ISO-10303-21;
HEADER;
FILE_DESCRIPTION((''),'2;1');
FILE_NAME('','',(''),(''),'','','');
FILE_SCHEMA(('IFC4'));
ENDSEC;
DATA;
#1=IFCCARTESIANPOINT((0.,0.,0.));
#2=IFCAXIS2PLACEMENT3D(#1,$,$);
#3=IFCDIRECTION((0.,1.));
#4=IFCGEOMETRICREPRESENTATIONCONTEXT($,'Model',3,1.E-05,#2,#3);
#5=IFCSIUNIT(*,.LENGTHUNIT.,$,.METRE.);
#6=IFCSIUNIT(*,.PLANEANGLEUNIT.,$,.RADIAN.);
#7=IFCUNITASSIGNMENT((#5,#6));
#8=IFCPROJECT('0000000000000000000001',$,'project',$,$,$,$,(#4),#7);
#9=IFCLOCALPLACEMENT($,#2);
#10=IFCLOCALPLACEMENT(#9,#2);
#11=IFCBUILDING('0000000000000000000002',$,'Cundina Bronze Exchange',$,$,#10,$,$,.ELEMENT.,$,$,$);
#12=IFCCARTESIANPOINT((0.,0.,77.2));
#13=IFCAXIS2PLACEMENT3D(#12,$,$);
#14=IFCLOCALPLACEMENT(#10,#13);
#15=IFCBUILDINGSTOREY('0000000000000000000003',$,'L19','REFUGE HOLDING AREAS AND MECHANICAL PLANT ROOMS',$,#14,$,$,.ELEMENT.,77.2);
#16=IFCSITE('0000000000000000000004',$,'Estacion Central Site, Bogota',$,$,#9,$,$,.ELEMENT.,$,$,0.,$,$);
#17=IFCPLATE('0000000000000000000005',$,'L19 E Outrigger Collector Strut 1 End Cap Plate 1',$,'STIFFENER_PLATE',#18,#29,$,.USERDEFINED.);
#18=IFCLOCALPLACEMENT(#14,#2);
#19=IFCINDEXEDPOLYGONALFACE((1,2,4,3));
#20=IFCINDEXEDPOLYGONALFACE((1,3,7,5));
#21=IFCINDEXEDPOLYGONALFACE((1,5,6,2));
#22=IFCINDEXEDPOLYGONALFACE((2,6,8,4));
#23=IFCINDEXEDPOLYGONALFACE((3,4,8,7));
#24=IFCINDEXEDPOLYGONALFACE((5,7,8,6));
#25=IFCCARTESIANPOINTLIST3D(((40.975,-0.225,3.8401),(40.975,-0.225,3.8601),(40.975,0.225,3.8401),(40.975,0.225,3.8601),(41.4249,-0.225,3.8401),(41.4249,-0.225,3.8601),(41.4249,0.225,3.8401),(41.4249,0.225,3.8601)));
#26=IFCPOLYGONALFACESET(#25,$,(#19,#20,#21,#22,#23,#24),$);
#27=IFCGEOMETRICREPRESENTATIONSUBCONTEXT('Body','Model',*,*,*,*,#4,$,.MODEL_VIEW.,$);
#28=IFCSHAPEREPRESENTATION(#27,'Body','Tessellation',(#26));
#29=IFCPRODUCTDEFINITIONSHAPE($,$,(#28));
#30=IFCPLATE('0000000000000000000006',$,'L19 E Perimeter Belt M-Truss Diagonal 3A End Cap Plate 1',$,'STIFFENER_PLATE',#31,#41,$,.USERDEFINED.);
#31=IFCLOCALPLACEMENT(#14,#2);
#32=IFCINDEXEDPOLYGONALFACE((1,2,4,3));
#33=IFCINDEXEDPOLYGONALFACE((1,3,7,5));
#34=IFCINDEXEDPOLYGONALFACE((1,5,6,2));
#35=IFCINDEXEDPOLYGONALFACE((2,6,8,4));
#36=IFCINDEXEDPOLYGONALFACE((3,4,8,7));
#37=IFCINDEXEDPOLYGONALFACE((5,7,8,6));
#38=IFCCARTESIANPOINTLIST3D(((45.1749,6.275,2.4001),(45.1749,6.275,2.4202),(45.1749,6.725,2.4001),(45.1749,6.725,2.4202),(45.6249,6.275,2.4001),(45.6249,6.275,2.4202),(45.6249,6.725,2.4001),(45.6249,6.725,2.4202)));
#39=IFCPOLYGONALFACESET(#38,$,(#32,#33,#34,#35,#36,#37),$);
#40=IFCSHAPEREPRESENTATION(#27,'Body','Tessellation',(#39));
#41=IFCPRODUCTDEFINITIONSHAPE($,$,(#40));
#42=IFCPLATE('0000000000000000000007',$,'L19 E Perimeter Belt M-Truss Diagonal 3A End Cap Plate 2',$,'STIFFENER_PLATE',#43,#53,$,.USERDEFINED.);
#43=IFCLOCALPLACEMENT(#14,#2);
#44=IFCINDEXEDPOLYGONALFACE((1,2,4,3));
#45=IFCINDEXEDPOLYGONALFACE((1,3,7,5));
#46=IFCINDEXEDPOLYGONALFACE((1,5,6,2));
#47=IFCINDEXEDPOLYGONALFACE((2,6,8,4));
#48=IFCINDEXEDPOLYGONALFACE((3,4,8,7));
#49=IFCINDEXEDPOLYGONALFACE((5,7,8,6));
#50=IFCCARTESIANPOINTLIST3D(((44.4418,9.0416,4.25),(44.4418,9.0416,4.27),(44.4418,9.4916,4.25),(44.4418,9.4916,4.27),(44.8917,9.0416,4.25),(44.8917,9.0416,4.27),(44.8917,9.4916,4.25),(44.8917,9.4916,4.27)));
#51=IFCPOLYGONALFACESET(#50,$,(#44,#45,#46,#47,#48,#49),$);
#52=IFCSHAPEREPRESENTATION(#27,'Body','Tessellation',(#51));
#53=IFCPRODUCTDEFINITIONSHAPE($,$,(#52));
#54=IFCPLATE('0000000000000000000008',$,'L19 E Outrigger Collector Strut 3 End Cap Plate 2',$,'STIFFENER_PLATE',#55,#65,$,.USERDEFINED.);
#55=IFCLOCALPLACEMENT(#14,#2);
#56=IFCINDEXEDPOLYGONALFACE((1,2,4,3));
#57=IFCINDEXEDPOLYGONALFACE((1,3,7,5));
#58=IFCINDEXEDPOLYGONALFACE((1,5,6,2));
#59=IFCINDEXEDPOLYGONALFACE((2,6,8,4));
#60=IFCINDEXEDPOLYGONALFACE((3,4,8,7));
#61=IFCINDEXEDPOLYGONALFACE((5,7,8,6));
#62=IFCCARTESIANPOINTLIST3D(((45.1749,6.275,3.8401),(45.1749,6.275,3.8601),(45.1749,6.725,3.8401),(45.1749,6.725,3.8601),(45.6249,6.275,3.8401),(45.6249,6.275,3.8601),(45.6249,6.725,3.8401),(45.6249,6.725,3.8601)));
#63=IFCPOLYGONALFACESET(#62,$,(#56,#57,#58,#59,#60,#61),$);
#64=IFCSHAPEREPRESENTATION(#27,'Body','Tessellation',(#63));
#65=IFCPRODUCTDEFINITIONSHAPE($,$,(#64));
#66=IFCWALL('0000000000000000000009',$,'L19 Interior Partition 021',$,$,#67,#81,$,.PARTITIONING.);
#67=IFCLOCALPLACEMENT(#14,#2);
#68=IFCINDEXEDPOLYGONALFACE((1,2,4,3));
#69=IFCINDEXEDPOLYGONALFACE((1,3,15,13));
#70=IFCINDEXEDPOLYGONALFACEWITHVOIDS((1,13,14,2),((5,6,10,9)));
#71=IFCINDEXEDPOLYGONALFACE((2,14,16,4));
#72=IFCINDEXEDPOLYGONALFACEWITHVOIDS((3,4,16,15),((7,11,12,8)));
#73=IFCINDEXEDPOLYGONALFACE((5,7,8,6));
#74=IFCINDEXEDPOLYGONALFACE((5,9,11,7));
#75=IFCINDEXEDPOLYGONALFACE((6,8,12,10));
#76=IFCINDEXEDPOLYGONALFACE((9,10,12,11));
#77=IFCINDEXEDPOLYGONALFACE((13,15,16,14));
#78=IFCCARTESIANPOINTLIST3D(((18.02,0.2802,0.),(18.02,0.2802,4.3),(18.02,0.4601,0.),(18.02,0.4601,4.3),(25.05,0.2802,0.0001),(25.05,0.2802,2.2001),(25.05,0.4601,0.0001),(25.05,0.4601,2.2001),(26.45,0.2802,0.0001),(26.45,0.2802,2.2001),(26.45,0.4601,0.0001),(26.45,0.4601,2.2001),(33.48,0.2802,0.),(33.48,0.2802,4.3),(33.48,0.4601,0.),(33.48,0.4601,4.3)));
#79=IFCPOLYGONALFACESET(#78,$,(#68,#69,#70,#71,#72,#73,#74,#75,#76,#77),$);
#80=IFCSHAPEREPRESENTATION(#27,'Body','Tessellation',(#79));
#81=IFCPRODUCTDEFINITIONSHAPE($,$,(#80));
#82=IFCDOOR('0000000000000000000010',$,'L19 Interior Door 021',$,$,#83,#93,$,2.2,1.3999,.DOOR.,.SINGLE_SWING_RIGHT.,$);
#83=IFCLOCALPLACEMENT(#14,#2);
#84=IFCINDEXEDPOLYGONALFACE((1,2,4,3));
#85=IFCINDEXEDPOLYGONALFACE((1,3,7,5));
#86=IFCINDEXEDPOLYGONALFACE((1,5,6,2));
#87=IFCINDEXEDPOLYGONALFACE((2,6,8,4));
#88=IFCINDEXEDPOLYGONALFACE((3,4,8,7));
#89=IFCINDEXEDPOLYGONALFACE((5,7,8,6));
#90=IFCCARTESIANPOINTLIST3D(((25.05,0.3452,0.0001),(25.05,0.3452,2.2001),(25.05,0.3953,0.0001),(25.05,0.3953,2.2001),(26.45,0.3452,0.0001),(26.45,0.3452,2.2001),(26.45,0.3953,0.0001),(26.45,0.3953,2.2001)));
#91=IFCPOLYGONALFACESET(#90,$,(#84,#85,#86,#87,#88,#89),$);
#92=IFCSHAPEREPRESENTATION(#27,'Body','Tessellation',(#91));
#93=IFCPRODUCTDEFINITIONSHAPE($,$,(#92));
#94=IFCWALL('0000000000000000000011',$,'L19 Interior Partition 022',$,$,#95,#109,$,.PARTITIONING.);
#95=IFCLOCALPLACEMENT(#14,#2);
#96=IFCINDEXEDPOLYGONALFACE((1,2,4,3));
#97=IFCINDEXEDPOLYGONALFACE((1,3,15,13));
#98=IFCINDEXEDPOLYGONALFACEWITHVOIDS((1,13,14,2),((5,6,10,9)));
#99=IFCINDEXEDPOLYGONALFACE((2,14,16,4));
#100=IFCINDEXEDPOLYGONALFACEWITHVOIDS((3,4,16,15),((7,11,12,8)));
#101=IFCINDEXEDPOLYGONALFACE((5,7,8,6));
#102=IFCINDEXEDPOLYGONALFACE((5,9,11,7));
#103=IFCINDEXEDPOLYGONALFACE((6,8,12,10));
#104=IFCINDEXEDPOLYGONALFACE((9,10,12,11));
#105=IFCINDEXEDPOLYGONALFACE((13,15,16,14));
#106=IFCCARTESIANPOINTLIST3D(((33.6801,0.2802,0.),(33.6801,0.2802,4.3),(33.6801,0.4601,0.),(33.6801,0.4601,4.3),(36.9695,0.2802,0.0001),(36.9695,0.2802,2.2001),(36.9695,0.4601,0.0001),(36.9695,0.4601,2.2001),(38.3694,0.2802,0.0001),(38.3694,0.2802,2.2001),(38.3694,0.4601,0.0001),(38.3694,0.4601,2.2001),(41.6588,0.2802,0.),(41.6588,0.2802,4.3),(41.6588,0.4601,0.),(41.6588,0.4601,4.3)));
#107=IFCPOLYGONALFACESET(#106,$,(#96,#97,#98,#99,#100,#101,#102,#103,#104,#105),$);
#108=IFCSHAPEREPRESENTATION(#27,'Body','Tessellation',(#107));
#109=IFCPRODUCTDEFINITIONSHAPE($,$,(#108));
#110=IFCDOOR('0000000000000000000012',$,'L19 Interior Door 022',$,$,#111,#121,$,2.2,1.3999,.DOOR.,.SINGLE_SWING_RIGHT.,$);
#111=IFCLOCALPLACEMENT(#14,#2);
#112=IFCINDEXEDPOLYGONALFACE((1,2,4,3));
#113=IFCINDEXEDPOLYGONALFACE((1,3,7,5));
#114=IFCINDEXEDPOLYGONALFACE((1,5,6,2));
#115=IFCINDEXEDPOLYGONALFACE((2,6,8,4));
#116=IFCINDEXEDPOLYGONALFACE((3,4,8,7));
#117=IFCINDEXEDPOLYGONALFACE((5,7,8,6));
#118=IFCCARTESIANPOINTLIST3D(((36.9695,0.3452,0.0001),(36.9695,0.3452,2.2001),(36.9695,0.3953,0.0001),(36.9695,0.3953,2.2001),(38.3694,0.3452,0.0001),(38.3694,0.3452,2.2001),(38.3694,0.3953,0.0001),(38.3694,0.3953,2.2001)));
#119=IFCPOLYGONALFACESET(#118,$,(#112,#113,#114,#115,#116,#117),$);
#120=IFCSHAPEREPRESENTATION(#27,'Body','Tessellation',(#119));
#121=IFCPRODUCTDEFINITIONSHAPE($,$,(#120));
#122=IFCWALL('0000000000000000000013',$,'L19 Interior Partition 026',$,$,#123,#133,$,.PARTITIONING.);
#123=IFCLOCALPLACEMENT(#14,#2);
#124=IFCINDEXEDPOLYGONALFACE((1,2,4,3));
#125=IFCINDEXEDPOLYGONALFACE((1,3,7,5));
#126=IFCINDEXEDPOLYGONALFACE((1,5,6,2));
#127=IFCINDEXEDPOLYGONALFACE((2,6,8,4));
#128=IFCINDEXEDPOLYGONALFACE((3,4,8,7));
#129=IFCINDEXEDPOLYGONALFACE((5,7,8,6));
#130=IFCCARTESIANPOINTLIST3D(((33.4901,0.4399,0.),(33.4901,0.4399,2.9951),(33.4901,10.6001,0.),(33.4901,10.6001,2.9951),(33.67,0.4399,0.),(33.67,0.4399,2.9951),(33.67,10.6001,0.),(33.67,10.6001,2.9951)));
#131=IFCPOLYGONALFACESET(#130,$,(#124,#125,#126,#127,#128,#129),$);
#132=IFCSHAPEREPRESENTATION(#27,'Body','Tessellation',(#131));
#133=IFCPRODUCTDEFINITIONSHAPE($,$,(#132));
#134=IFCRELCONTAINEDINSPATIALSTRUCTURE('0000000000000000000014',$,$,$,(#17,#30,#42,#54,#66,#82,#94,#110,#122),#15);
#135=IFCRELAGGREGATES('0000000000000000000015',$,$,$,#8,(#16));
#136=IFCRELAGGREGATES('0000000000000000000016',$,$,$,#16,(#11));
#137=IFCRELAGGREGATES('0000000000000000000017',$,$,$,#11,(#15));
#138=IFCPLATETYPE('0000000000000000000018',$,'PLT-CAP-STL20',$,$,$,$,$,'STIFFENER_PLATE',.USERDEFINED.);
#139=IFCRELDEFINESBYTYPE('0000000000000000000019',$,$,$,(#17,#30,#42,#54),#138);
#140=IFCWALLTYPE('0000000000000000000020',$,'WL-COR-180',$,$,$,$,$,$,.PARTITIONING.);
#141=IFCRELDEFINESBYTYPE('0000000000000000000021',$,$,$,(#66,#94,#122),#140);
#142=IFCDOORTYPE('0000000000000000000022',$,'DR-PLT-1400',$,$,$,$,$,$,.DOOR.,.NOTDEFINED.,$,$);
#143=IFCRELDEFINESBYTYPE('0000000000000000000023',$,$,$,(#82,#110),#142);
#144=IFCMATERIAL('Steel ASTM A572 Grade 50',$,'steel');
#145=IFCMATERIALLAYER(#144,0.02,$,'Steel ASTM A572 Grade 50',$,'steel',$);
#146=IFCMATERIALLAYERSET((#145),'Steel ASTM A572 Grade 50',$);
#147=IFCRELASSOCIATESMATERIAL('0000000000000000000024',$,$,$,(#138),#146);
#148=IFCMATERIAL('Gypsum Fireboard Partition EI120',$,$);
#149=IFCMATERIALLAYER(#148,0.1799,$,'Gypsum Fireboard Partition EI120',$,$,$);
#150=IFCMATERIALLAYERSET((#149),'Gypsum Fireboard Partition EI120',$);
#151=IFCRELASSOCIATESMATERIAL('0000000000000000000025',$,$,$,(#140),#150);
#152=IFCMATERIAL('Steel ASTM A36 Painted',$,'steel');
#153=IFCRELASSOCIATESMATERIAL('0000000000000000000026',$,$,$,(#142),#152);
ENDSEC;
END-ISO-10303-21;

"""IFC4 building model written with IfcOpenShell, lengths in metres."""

from ifc_helpers import new_model, si_unit, direction, frame, frame_2d, origin, origin_2d, place, context, subcontext, project, spatial, rectangle, extrude, material, layer, layer_set, type_object, element, fill, save


model = new_model("IFC4")

# Units and contexts
model_context = context("Model", 3, precision=1e-05, world=origin(), true_north=direction((0.0, 1.0)))
body_context = subcontext(model_context, "Body", "Model", "MODEL_VIEW")
ifc_project = project(units=[si_unit("LENGTHUNIT", "METRE"), si_unit("PLANEANGLEUNIT", "RADIAN")], contexts=[model_context])

# Site, building, storey
site_placement = place(None, origin())
site = spatial("IfcSite", under=ifc_project, at=site_placement, Name="Estacion Central Site, Bogota", CompositionType="ELEMENT", RefElevation=0.0)
building_placement = place(site_placement, origin())
building = spatial("IfcBuilding", under=site, at=building_placement, Name="Cundina Bronze Exchange", CompositionType="ELEMENT")
storey_placement = place(building_placement, frame((0.0, 0.0, 77.2)))
storey = spatial("IfcBuildingStorey", under=building, at=storey_placement, Name="L19", Description="REFUGE HOLDING AREAS AND MECHANICAL PLANT ROOMS", CompositionType="ELEMENT", Elevation=77.2)

# Plates
ifc_material_1 = material(Name="Steel ASTM A572 Grade 50", Category="steel")
ifc_layer_1 = layer(ifc_material_1, 0.02, Name="Steel ASTM A572 Grade 50", Category="steel")
ifc_layer_set_1 = layer_set([ifc_layer_1], Name="Steel ASTM A572 Grade 50")
plate_type = type_object("IfcPlateType", Name="PLT-CAP-STL20", ElementType="STIFFENER_PLATE", PredefinedType="USERDEFINED", material=ifc_layer_set_1)
for number, where, z_axis, x_axis, name in (
    (1, (41.2, 0.0, 3.8401), (0.0, 0.0, 1.0), (1.0, 0.0, 0.0), "L19 E Outrigger Collector Strut 1 End Cap Plate 1"),
    (2, (45.3999, 6.5, 2.4001), (0.0, 0.0, 1.0), (1.0, 0.0, 0.0), "L19 E Perimeter Belt M-Truss Diagonal 3A End Cap Plate 1"),
    (3, (44.6667, 9.2666, 4.25), (0.0, 0.0, 1.0), (1.0, 0.0, 0.0), "L19 E Perimeter Belt M-Truss Diagonal 3A End Cap Plate 2"),
    (4, (45.3999, 6.5, 3.8401), (0.0, 0.0, 1.0), (1.0, 0.0, 0.0), "L19 E Outrigger Collector Strut 3 End Cap Plate 2"),
):
    element("IfcPlate", number, at=place(storey_placement, frame(where, z_axis=z_axis, x_axis=x_axis)), inside=storey, type_object=plate_type, Name=name, ObjectType="STIFFENER_PLATE", PredefinedType="USERDEFINED", context=body_context, shape_type="SweptSolid", body=[
        extrude(rectangle(XDim=0.45, YDim=0.45, at=origin_2d()), origin(), (0.0, 0.0, 1.0), 0.02),
    ])

# Walls, openings, doors
ifc_material_2 = material(Name="Gypsum Fireboard Partition EI120")
ifc_layer_2 = layer(ifc_material_2, 0.1799, Name="Gypsum Fireboard Partition EI120")
ifc_layer_set_2 = layer_set([ifc_layer_2], Name="Gypsum Fireboard Partition EI120")
wall_type = type_object("IfcWallType", Name="WL-COR-180", PredefinedType="PARTITIONING", material=ifc_layer_set_2)
wall_1_placement = place(storey_placement, frame((33.48, 0.3701, 0.0), z_axis=(0.0, 0.0, 1.0), x_axis=(-1.0, 0.0, 0.0)))
wall_1 = element("IfcWall", 5, at=wall_1_placement, inside=storey, type_object=wall_type, Name="L19 Interior Partition 021", PredefinedType="PARTITIONING", context=body_context, shape_type="SweptSolid", body=[
    extrude(rectangle(XDim=15.46, YDim=0.1799, at=frame_2d((7.73, 0.0))), origin(), (0.0, 0.0, 1.0), 4.3),
])
opening_1_placement = place(wall_1_placement, frame((7.03, 0.0, 0.0)))
opening_1 = element("IfcOpeningElement", 6, at=opening_1_placement, cuts=wall_1, PredefinedType="OPENING", context=body_context, shape_type="SweptSolid", body=[
    extrude(rectangle(XDim=1.3999, YDim=2.2, at=frame_2d((0.7, 1.1001))), frame((0.0, 0.0999, 0.0), z_axis=(0.0, -1.0, 0.0), x_axis=(1.0, 0.0, 0.0)), (0.0, 0.0, 1.0), 0.2),
])
ifc_material_3 = material(Name="Steel ASTM A36 Painted", Category="steel")
door_type = type_object("IfcDoorType", Name="DR-PLT-1400", OperationType="NOTDEFINED", PredefinedType="DOOR", material=ifc_material_3)
door_1_placement = place(opening_1_placement, origin())
door_1 = element("IfcDoor", 7, at=door_1_placement, inside=storey, type_object=door_type, Name="L19 Interior Door 021", OperationType="SINGLE_SWING_RIGHT", OverallHeight=2.2, OverallWidth=1.3999, PredefinedType="DOOR", context=body_context, shape_type="SweptSolid", body=[
    extrude(rectangle(XDim=1.3999, YDim=2.2, at=frame_2d((0.7, 1.1001))), frame((0.0, 0.0249, 0.0), z_axis=(0.0, -1.0, 0.0), x_axis=(1.0, 0.0, 0.0)), (0.0, 0.0, 1.0), 0.05),
])
fill(opening_1, door_1)
wall_2_placement = place(storey_placement, frame((41.6587, 0.3701, 0.0), z_axis=(0.0, 0.0, 1.0), x_axis=(-1.0, 0.0, 0.0)))
wall_2 = element("IfcWall", 8, at=wall_2_placement, inside=storey, type_object=wall_type, Name="L19 Interior Partition 022", PredefinedType="PARTITIONING", context=body_context, shape_type="SweptSolid", body=[
    extrude(rectangle(XDim=7.9788, YDim=0.1799, at=frame_2d((3.9893, 0.0))), origin(), (0.0, 0.0, 1.0), 4.3),
])
opening_2_placement = place(wall_2_placement, frame((3.2893, 0.0, 0.0)))
opening_2 = element("IfcOpeningElement", 9, at=opening_2_placement, cuts=wall_2, PredefinedType="OPENING", context=body_context, shape_type="SweptSolid", body=[
    extrude(rectangle(XDim=1.3999, YDim=2.2, at=frame_2d((0.7, 1.1001))), frame((0.0, 0.0999, 0.0), z_axis=(0.0, -1.0, 0.0), x_axis=(1.0, 0.0, 0.0)), (0.0, 0.0, 1.0), 0.2),
])
door_2_placement = place(opening_2_placement, origin())
door_2 = element("IfcDoor", 10, at=door_2_placement, inside=storey, type_object=door_type, Name="L19 Interior Door 022", OperationType="SINGLE_SWING_RIGHT", OverallHeight=2.2, OverallWidth=1.3999, PredefinedType="DOOR", context=body_context, shape_type="SweptSolid", body=[
    extrude(rectangle(XDim=1.3999, YDim=2.2, at=frame_2d((0.7, 1.1001))), frame((0.0, 0.0249, 0.0), z_axis=(0.0, -1.0, 0.0), x_axis=(1.0, 0.0, 0.0)), (0.0, 0.0, 1.0), 0.05),
])
fill(opening_2, door_2)

# Wall
wall_3_placement = place(storey_placement, frame((33.5801, 0.4399, 0.0), z_axis=(0.0, 0.0, 1.0), x_axis=(0.0, 1.0, 0.0)))
element("IfcWall", 11, at=wall_3_placement, inside=storey, type_object=wall_type, Name="L19 Interior Partition 026", PredefinedType="PARTITIONING", context=body_context, shape_type="SweptSolid", body=[
    extrude(rectangle(XDim=10.1602, YDim=0.1799, at=frame_2d((5.0801, 0.0))), origin(), (0.0, 0.0, 1.0), 2.9951),
])

save(model, "model.ifc")
